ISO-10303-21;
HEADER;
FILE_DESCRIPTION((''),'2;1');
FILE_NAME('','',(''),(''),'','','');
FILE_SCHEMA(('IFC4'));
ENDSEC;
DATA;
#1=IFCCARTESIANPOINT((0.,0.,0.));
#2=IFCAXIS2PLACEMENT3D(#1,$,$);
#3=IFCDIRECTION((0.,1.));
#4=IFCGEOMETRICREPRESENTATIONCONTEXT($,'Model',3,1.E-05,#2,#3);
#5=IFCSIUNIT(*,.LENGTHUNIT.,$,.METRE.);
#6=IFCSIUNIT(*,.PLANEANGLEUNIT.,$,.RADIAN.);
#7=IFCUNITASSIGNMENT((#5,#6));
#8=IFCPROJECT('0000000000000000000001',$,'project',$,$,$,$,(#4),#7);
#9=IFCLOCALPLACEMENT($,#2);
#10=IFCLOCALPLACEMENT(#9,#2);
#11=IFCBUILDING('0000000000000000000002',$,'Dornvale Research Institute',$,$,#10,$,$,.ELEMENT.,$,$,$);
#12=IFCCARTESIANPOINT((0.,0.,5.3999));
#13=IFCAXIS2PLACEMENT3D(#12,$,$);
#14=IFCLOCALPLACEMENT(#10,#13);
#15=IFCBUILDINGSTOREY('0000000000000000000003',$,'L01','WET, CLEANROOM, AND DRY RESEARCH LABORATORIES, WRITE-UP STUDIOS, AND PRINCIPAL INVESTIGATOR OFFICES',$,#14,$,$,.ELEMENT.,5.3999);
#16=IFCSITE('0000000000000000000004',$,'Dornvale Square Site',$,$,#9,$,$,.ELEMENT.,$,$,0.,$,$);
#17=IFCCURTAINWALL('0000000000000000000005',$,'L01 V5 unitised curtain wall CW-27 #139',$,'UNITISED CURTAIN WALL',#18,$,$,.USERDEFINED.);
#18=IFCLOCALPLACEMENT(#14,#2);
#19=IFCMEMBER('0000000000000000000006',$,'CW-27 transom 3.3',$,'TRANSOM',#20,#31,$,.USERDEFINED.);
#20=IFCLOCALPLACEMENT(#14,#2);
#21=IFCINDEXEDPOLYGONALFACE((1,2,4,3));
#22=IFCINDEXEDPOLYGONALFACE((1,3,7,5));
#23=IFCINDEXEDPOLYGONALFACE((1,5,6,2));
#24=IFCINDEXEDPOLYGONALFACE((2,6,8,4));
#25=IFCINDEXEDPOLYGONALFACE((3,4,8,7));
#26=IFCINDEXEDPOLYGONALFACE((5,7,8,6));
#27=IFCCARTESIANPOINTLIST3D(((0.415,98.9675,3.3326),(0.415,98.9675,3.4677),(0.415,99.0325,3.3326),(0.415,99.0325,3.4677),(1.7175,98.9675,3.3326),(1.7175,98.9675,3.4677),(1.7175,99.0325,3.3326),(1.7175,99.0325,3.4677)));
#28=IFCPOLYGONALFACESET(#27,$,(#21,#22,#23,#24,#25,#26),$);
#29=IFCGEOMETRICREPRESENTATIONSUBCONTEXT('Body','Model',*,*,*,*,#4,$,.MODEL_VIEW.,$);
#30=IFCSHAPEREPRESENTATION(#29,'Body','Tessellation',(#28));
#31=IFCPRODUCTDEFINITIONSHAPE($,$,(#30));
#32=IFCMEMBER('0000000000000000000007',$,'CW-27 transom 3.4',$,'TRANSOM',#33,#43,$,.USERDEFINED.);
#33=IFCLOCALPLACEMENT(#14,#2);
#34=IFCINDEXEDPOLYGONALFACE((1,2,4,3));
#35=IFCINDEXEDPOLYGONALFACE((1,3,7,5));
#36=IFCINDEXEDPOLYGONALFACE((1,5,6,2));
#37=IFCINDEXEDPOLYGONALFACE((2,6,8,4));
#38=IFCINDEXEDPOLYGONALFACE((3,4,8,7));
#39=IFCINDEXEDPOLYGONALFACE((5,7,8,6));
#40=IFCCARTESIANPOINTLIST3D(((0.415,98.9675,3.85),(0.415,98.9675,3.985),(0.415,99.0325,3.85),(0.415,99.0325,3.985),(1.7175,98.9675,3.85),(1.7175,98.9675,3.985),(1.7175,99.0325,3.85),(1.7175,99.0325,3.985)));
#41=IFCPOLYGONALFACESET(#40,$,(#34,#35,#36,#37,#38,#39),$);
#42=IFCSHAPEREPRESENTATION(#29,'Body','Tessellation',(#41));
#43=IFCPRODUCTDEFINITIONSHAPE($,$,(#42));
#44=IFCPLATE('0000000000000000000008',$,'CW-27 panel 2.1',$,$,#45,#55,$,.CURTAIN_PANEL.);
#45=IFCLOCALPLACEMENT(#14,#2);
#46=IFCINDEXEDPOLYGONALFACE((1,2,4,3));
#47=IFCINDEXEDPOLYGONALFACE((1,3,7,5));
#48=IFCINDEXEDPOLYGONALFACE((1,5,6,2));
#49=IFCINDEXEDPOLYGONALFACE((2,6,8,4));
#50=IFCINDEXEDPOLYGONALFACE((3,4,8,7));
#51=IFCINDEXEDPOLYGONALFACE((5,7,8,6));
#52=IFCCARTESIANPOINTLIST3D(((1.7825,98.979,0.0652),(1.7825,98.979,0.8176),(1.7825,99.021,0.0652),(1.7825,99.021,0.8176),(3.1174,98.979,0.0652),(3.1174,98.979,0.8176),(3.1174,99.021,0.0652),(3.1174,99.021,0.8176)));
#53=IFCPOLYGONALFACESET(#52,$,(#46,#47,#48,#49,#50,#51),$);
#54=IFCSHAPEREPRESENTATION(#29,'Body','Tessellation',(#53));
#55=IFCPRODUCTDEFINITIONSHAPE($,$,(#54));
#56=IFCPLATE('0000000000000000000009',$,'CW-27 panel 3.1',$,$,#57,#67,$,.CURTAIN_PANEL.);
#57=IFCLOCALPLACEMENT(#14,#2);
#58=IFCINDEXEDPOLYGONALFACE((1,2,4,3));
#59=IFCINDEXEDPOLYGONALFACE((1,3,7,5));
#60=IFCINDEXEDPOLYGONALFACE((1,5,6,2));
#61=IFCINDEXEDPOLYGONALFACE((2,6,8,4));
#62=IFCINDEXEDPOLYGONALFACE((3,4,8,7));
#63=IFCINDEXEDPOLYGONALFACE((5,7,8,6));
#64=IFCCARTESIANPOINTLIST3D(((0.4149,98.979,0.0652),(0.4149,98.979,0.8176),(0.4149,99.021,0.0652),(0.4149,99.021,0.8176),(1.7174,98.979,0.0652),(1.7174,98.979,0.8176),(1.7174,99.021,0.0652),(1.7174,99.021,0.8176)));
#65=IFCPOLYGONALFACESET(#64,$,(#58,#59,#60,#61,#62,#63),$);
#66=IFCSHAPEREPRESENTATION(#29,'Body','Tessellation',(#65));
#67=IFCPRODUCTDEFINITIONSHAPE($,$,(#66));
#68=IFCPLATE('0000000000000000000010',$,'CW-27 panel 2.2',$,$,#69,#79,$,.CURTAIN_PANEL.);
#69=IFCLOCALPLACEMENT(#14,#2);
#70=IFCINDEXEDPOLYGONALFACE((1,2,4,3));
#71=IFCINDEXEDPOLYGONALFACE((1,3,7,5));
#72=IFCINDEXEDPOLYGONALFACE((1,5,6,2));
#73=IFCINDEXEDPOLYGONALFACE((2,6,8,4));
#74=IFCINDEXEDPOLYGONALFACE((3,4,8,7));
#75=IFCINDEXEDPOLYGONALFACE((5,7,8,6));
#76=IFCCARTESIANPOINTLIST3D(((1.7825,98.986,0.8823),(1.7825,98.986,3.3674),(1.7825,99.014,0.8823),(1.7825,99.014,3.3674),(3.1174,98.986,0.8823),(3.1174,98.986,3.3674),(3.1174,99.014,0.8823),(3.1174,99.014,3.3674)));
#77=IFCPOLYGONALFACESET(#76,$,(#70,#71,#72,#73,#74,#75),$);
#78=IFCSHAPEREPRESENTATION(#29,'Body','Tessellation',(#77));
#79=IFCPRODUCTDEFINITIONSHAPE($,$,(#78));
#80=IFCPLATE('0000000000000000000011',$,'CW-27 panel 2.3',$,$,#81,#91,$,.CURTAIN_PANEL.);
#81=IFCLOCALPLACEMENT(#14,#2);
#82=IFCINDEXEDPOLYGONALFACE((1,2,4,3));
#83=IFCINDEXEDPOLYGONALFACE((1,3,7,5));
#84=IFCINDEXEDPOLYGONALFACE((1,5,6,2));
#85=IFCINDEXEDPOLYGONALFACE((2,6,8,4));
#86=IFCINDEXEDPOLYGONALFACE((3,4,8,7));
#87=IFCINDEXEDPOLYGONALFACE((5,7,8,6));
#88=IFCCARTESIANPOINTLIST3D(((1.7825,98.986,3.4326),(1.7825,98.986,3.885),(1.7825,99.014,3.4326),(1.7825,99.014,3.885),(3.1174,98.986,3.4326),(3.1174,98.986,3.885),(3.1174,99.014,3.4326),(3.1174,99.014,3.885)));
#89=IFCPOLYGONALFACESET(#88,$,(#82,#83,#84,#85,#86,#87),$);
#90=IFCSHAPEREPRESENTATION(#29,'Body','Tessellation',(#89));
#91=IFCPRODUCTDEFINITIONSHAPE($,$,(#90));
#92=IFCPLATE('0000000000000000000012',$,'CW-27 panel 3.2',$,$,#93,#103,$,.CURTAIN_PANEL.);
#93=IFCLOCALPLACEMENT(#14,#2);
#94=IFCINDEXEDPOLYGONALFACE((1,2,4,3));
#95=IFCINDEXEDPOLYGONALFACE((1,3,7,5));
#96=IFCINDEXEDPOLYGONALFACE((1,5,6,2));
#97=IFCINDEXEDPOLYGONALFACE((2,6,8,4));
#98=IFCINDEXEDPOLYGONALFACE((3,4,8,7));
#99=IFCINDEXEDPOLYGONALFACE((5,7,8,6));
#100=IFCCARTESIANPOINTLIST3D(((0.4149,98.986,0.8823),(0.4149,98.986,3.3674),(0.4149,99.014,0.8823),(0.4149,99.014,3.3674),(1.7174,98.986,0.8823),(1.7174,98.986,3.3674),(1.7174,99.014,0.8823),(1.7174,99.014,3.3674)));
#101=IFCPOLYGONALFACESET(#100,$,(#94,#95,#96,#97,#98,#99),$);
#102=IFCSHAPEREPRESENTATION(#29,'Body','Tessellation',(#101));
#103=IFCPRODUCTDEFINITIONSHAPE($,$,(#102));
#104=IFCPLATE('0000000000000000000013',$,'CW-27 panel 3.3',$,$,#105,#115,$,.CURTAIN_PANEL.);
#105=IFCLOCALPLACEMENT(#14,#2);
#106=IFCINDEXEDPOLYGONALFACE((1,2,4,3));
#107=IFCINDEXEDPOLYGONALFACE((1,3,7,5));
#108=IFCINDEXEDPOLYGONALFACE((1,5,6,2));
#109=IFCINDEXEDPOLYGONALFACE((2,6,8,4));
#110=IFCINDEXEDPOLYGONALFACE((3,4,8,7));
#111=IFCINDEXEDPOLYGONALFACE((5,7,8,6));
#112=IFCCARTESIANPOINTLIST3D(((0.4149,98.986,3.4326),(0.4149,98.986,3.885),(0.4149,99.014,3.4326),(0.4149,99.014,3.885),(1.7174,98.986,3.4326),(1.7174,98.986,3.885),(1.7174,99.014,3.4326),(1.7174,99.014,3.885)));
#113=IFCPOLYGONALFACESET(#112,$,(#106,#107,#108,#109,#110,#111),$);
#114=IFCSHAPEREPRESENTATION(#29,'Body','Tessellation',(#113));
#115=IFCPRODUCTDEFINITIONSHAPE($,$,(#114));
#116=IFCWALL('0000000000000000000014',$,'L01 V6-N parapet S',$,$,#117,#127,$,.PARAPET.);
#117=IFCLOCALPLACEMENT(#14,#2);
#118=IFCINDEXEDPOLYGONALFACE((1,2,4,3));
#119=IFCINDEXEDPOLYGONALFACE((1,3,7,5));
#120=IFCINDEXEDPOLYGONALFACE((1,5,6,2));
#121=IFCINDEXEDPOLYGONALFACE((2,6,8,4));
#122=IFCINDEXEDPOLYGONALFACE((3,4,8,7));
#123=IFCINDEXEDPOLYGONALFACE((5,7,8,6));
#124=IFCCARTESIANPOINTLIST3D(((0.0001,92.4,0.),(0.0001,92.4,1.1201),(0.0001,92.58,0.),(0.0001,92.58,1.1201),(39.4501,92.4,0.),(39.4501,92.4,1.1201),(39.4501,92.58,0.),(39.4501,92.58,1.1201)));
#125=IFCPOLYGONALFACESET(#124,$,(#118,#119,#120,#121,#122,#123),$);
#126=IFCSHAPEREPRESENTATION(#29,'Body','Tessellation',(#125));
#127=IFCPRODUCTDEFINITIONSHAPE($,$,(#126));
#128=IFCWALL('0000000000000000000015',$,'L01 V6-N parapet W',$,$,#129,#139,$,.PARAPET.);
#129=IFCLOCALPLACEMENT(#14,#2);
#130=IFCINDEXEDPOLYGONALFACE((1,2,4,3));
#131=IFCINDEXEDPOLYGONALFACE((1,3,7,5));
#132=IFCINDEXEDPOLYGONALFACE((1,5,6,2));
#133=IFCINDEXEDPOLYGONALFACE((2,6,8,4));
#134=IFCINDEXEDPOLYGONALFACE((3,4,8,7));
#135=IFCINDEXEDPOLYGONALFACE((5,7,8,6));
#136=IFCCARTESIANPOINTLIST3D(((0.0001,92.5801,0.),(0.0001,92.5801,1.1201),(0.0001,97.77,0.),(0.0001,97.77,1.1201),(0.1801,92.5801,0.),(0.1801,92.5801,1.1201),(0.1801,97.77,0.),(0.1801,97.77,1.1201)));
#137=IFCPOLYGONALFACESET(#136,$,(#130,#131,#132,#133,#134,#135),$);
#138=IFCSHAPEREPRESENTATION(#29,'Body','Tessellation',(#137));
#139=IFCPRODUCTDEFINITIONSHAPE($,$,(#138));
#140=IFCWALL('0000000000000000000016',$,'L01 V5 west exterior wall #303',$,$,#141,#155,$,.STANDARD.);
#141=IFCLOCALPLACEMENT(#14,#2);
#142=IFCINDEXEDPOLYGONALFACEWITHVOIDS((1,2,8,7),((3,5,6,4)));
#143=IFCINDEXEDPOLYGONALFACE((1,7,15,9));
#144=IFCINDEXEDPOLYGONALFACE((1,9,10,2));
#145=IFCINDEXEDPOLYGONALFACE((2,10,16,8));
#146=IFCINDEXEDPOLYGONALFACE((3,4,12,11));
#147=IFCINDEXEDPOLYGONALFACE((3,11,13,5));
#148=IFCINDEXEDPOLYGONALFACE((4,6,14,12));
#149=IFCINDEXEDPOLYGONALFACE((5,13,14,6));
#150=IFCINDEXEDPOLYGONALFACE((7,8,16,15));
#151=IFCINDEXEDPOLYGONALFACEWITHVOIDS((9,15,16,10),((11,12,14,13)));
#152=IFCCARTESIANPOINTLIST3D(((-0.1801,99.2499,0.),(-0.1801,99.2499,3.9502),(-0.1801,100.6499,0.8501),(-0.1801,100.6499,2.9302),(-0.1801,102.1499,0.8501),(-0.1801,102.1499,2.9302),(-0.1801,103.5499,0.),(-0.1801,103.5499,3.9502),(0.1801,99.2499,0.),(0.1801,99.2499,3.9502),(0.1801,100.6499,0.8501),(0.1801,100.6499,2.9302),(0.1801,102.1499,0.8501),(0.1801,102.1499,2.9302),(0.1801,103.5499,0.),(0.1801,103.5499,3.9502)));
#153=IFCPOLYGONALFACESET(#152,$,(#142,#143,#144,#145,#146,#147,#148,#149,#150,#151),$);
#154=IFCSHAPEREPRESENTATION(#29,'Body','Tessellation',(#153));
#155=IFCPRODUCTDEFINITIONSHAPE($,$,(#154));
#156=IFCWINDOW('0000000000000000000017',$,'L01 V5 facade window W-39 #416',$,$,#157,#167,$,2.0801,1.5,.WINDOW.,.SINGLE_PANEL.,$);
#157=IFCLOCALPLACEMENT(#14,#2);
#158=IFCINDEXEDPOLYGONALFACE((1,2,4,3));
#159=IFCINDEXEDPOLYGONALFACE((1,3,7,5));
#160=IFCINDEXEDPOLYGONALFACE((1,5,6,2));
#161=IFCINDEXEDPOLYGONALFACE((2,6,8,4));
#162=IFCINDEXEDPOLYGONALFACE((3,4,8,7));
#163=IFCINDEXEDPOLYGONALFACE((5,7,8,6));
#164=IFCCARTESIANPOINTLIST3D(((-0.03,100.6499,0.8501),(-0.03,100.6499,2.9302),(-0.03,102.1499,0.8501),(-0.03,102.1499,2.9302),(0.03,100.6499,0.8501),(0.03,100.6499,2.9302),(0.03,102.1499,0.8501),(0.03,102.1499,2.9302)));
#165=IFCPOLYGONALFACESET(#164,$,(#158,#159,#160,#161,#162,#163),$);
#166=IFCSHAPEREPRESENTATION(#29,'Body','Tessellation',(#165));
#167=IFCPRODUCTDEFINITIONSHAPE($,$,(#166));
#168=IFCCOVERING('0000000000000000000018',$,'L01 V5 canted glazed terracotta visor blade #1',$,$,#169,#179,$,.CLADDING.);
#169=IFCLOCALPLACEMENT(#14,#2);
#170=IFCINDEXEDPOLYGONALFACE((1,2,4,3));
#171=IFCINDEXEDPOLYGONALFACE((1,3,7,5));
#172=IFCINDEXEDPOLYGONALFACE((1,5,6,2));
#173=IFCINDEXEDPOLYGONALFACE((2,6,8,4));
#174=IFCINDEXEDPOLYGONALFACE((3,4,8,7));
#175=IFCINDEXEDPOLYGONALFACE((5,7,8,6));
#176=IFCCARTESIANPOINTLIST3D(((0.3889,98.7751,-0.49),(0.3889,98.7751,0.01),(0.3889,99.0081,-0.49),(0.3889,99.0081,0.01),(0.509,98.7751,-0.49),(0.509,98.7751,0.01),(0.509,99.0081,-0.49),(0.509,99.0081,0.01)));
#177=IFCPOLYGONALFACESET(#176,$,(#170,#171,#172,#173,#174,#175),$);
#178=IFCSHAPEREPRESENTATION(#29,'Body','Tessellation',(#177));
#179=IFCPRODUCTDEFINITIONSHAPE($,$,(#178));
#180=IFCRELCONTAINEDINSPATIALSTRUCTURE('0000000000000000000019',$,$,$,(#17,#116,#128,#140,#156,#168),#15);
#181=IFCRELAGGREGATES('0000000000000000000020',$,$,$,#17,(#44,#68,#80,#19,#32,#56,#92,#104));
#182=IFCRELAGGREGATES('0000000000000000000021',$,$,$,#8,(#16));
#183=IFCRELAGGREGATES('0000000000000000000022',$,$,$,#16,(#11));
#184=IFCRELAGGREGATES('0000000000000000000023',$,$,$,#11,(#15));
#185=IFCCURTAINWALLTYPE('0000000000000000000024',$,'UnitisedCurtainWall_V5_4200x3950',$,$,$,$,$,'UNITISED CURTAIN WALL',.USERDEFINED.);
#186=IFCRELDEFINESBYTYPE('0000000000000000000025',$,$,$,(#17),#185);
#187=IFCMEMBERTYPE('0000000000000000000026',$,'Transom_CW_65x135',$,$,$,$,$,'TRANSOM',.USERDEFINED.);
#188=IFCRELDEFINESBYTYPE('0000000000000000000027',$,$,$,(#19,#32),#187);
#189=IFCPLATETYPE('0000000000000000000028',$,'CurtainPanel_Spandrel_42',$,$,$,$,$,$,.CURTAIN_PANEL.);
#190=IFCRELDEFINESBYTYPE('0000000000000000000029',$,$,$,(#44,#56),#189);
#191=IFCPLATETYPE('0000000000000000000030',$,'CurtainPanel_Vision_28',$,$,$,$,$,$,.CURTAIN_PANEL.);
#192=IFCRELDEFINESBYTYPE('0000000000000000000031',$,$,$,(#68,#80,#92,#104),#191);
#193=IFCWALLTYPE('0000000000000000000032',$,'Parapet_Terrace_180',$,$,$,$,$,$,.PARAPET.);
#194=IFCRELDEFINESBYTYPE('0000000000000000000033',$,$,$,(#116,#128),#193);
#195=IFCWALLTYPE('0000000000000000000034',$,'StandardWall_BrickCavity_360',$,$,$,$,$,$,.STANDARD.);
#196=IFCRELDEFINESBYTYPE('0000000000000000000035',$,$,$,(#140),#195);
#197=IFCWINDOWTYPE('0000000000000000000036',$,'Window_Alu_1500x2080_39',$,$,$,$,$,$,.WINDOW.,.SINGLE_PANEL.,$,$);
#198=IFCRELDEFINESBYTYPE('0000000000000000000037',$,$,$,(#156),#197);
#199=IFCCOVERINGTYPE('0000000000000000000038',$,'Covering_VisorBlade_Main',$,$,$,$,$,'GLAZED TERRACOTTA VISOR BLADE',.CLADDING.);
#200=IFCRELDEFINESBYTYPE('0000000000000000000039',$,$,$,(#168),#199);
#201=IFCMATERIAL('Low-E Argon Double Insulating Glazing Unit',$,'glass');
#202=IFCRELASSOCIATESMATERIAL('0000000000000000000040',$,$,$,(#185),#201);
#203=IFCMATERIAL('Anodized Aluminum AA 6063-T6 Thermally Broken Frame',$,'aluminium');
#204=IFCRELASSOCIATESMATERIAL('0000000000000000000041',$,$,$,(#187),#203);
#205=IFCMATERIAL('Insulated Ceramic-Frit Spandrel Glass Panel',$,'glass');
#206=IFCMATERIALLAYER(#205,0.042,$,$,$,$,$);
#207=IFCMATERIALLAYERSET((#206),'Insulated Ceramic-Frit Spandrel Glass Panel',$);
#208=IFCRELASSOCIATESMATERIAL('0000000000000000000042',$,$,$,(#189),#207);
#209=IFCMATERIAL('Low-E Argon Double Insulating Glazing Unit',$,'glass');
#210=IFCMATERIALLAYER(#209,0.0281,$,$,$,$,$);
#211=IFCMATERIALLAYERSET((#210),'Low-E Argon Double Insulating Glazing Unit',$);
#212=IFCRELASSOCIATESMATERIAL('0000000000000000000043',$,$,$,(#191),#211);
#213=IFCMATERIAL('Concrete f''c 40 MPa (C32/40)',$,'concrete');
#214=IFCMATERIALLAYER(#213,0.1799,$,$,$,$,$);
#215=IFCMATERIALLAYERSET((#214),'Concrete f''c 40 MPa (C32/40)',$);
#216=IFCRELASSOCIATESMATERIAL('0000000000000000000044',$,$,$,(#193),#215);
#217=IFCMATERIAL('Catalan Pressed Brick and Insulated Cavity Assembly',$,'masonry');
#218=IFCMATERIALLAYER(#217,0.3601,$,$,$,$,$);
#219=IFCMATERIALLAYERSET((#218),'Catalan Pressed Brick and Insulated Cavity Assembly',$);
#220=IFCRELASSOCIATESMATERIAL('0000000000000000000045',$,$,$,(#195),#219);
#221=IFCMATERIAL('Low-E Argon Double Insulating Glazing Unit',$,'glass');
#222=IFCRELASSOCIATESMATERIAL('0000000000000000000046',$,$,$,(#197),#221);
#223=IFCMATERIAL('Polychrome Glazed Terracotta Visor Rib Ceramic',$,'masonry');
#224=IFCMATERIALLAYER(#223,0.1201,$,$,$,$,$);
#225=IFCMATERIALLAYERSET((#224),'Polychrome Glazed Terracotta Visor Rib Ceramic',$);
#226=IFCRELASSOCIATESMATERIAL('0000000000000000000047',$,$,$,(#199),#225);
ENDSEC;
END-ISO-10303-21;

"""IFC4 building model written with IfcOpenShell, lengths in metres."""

from ifc_helpers import new_model, si_unit, direction, frame, frame_2d, origin, origin_2d, place, context, subcontext, project, spatial, rectangle, extrude, material, layer, layer_set, material_profile, profile_set, type_object, element, fill, aggregate, save


model = new_model("IFC4")

# Units and contexts
model_context = context("Model", 3, precision=1e-05, world=origin(), true_north=direction((0.0, 1.0)))
body_context = subcontext(model_context, "Body", "Model", "MODEL_VIEW")
ifc_project = project(units=[si_unit("LENGTHUNIT", "METRE"), si_unit("PLANEANGLEUNIT", "RADIAN")], contexts=[model_context])

# Site, building, storey
site_placement = place(None, origin())
site = spatial("IfcSite", under=ifc_project, at=site_placement, Name="Dornvale Square Site", CompositionType="ELEMENT", RefElevation=0.0)
building_placement = place(site_placement, origin())
building = spatial("IfcBuilding", under=site, at=building_placement, Name="Dornvale Research Institute", CompositionType="ELEMENT")
storey_placement = place(building_placement, frame((0.0, 0.0, 5.3999)))
storey = spatial("IfcBuildingStorey", under=building, at=storey_placement, Name="L01", Description="WET, CLEANROOM, AND DRY RESEARCH LABORATORIES, WRITE-UP STUDIOS, AND PRINCIPAL INVESTIGATOR OFFICES", CompositionType="ELEMENT", Elevation=5.3999)

# Curtain wall
ifc_material_1 = material(Name="Low-E Argon Double Insulating Glazing Unit", Category="glass")
curtain_wall_type = type_object("IfcCurtainWallType", Name="UnitisedCurtainWall_V5_4200x3950", ElementType="UNITISED CURTAIN WALL", PredefinedType="USERDEFINED", material=ifc_material_1)
curtain_wall_placement = place(storey_placement, origin())
curtain_wall = element("IfcCurtainWall", 1, at=curtain_wall_placement, inside=storey, type_object=curtain_wall_type, Name="L01 V5 unitised curtain wall CW-27 #139", ObjectType="UNITISED CURTAIN WALL", PredefinedType="USERDEFINED")

# Members
ifc_material_2 = material(Name="Anodized Aluminum AA 6063-T6 Thermally Broken Frame", Category="aluminium")
ifc_material_profile_1 = material_profile(ifc_material_2, rectangle(XDim=0.0649, YDim=0.135, at=origin_2d()), Name="ALU TRANSOM 65x135")
ifc_profile_set_1 = profile_set([ifc_material_profile_1], Name="Anodized Aluminum AA 6063-T6 Thermally Broken Frame")
member_type_1 = type_object("IfcMemberType", Name="Transom_CW_65x135", ElementType="TRANSOM", PredefinedType="USERDEFINED", material=ifc_profile_set_1)
member_1_placement = place(storey_placement, frame((1.7175, 99.0, 3.4001), z_axis=(-1.0, 0.0, 0.0), x_axis=(0.0, -1.0, 0.0)))
member_1 = element("IfcMember", 2, at=member_1_placement, type_object=member_type_1, Name="CW-27 transom 3.3", ObjectType="TRANSOM", PredefinedType="USERDEFINED", context=body_context, shape_type="SweptSolid", body=[
    extrude(rectangle(XDim=0.0649, YDim=0.135, at=origin_2d()), origin(), (0.0, 0.0, 1.0), 1.3025),
])
member_2_placement = place(storey_placement, frame((1.7175, 99.0, 3.9175), z_axis=(-1.0, 0.0, 0.0), x_axis=(0.0, -1.0, 0.0)))
member_2 = element("IfcMember", 3, at=member_2_placement, type_object=member_type_1, Name="CW-27 transom 3.4", ObjectType="TRANSOM", PredefinedType="USERDEFINED", context=body_context, shape_type="SweptSolid", body=[
    extrude(rectangle(XDim=0.0649, YDim=0.135, at=origin_2d()), origin(), (0.0, 0.0, 1.0), 1.3025),
])

# Plates
ifc_material_3 = material(Name="Insulated Ceramic-Frit Spandrel Glass Panel", Category="glass")
ifc_layer_1 = layer(ifc_material_3, 0.042)
ifc_layer_set_1 = layer_set([ifc_layer_1], Name="Insulated Ceramic-Frit Spandrel Glass Panel")
plate_type_1 = type_object("IfcPlateType", Name="CurtainPanel_Spandrel_42", PredefinedType="CURTAIN_PANEL", material=ifc_layer_set_1)
plate_1_placement = place(storey_placement, frame((2.45, 99.0, 0.0652), z_axis=(0.0, 0.0, 1.0), x_axis=(-1.0, 0.0, 0.0)))
plate_1 = element("IfcPlate", 4, at=plate_1_placement, type_object=plate_type_1, Name="CW-27 panel 2.1", PredefinedType="CURTAIN_PANEL", context=body_context, shape_type="SweptSolid", body=[
    extrude(rectangle(XDim=1.335, YDim=0.042, at=origin_2d()), origin(), (0.0, 0.0, 1.0), 0.7524),
])
plate_2_placement = place(storey_placement, frame((1.0662, 99.0, 0.0652), z_axis=(0.0, 0.0, 1.0), x_axis=(-1.0, 0.0, 0.0)))
plate_2 = element("IfcPlate", 5, at=plate_2_placement, type_object=plate_type_1, Name="CW-27 panel 3.1", PredefinedType="CURTAIN_PANEL", context=body_context, shape_type="SweptSolid", body=[
    extrude(rectangle(XDim=1.3025, YDim=0.042, at=origin_2d()), origin(), (0.0, 0.0, 1.0), 0.7524),
])
ifc_material_4 = material(Name="Low-E Argon Double Insulating Glazing Unit", Category="glass")
ifc_layer_2 = layer(ifc_material_4, 0.0281)
ifc_layer_set_2 = layer_set([ifc_layer_2], Name="Low-E Argon Double Insulating Glazing Unit")
plate_type_2 = type_object("IfcPlateType", Name="CurtainPanel_Vision_28", PredefinedType="CURTAIN_PANEL", material=ifc_layer_set_2)
plate_3_placement = place(storey_placement, frame((2.45, 99.0, 0.8823), z_axis=(0.0, 0.0, 1.0), x_axis=(-1.0, 0.0, 0.0)))
plate_3 = element("IfcPlate", 6, at=plate_3_placement, type_object=plate_type_2, Name="CW-27 panel 2.2", PredefinedType="CURTAIN_PANEL", context=body_context, shape_type="SweptSolid", body=[
    extrude(rectangle(XDim=1.335, YDim=0.0281, at=origin_2d()), origin(), (0.0, 0.0, 1.0), 2.4851),
])
plate_4_placement = place(storey_placement, frame((2.45, 99.0, 3.4326), z_axis=(0.0, 0.0, 1.0), x_axis=(-1.0, 0.0, 0.0)))
plate_4 = element("IfcPlate", 7, at=plate_4_placement, type_object=plate_type_2, Name="CW-27 panel 2.3", PredefinedType="CURTAIN_PANEL", context=body_context, shape_type="SweptSolid", body=[
    extrude(rectangle(XDim=1.335, YDim=0.0281, at=origin_2d()), origin(), (0.0, 0.0, 1.0), 0.4524),
])
plate_5_placement = place(storey_placement, frame((1.0662, 99.0, 0.8823), z_axis=(0.0, 0.0, 1.0), x_axis=(-1.0, 0.0, 0.0)))
plate_5 = element("IfcPlate", 8, at=plate_5_placement, type_object=plate_type_2, Name="CW-27 panel 3.2", PredefinedType="CURTAIN_PANEL", context=body_context, shape_type="SweptSolid", body=[
    extrude(rectangle(XDim=1.3025, YDim=0.0281, at=origin_2d()), origin(), (0.0, 0.0, 1.0), 2.4851),
])
plate_6_placement = place(storey_placement, frame((1.0662, 99.0, 3.4326), z_axis=(0.0, 0.0, 1.0), x_axis=(-1.0, 0.0, 0.0)))
plate_6 = element("IfcPlate", 9, at=plate_6_placement, type_object=plate_type_2, Name="CW-27 panel 3.3", PredefinedType="CURTAIN_PANEL", context=body_context, shape_type="SweptSolid", body=[
    extrude(rectangle(XDim=1.3025, YDim=0.0281, at=origin_2d()), origin(), (0.0, 0.0, 1.0), 0.4524),
])
aggregate(curtain_wall, [plate_1, plate_3, plate_4, member_1, member_2, plate_2, plate_5, plate_6])

# Walls
ifc_material_5 = material(Name="Concrete f'c 40 MPa (C32/40)", Category="concrete")
ifc_layer_3 = layer(ifc_material_5, 0.1799)
ifc_layer_set_3 = layer_set([ifc_layer_3], Name="Concrete f'c 40 MPa (C32/40)")
wall_type_1 = type_object("IfcWallType", Name="Parapet_Terrace_180", PredefinedType="PARAPET", material=ifc_layer_set_3)
wall_1_placement = place(storey_placement, frame((0.0, 92.49, 0.0), z_axis=(0.0, 0.0, 1.0), x_axis=(1.0, 0.0, 0.0)))
element("IfcWall", 10, at=wall_1_placement, inside=storey, type_object=wall_type_1, Name="L01 V6-N parapet S", PredefinedType="PARAPET", context=body_context, shape_type="SweptSolid", body=[
    extrude(rectangle(XDim=39.45, YDim=0.1799, at=frame_2d((19.7251, 0.0))), origin(), (0.0, 0.0, 1.0), 1.1201),
])
wall_2_placement = place(storey_placement, frame((0.0901, 92.5801, 0.0), z_axis=(0.0, 0.0, 1.0), x_axis=(0.0, 1.0, 0.0)))
element("IfcWall", 11, at=wall_2_placement, inside=storey, type_object=wall_type_1, Name="L01 V6-N parapet W", PredefinedType="PARAPET", context=body_context, shape_type="SweptSolid", body=[
    extrude(rectangle(XDim=5.1899, YDim=0.1799, at=frame_2d((2.595, 0.0))), origin(), (0.0, 0.0, 1.0), 1.1201),
])

# Wall, opening, window
ifc_material_6 = material(Name="Catalan Pressed Brick and Insulated Cavity Assembly", Category="masonry")
ifc_layer_4 = layer(ifc_material_6, 0.3601)
ifc_layer_set_4 = layer_set([ifc_layer_4], Name="Catalan Pressed Brick and Insulated Cavity Assembly")
wall_type_2 = type_object("IfcWallType", Name="StandardWall_BrickCavity_360", PredefinedType="STANDARD", material=ifc_layer_set_4)
wall_3_placement = place(storey_placement, frame((0.0, 99.25, 0.0), z_axis=(0.0, 0.0, 1.0), x_axis=(0.0, 1.0, 0.0)))
wall_3 = element("IfcWall", 12, at=wall_3_placement, inside=storey, type_object=wall_type_2, Name="L01 V5 west exterior wall #303", PredefinedType="STANDARD", context=body_context, shape_type="SweptSolid", body=[
    extrude(rectangle(XDim=4.3, YDim=0.3601, at=frame_2d((2.1499, 0.0))), origin(), (0.0, 0.0, 1.0), 3.9502),
])
opening_placement = place(wall_3_placement, frame((1.3999, 0.0, 0.8501)))
opening = element("IfcOpeningElement", 13, at=opening_placement, cuts=wall_3, PredefinedType="OPENING", context=body_context, shape_type="SweptSolid", body=[
    extrude(rectangle(XDim=1.5, YDim=2.0801, at=frame_2d((0.75, 1.04))), frame((0.0, 0.1951, 0.0), z_axis=(0.0, -1.0, 0.0), x_axis=(1.0, 0.0, 0.0)), (0.0, 0.0, 1.0), 0.3901),
])
ifc_material_7 = material(Name="Low-E Argon Double Insulating Glazing Unit", Category="glass")
window_type = type_object("IfcWindowType", Name="Window_Alu_1500x2080_39", PartitioningType="SINGLE_PANEL", PredefinedType="WINDOW", material=ifc_material_7)
window_placement = place(opening_placement, origin())
window = element("IfcWindow", 14, at=window_placement, inside=storey, type_object=window_type, Name="L01 V5 facade window W-39 #416", OverallHeight=2.0801, OverallWidth=1.5, PartitioningType="SINGLE_PANEL", PredefinedType="WINDOW", context=body_context, shape_type="SweptSolid", body=[
    extrude(rectangle(XDim=1.5, YDim=2.0801, at=frame_2d((0.75, 1.04))), frame((0.0, 0.03, 0.0), z_axis=(0.0, -1.0, 0.0), x_axis=(1.0, 0.0, 0.0)), (0.0, 0.0, 1.0), 0.0601),
])
fill(opening, window)

# Covering
ifc_material_8 = material(Name="Polychrome Glazed Terracotta Visor Rib Ceramic", Category="masonry")
ifc_layer_5 = layer(ifc_material_8, 0.1201)
ifc_layer_set_5 = layer_set([ifc_layer_5], Name="Polychrome Glazed Terracotta Visor Rib Ceramic")
covering_type = type_object("IfcCoveringType", Name="Covering_VisorBlade_Main", ElementType="GLAZED TERRACOTTA VISOR BLADE", PredefinedType="CLADDING", material=ifc_layer_set_5)
covering_1_placement = place(storey_placement, frame((0.449, 98.8916, -0.49), z_axis=(0.0, 0.0, 1.0), x_axis=(0.0, 1.0, 0.0)))
element("IfcCovering", 15, at=covering_1_placement, inside=storey, type_object=covering_type, Name="L01 V5 canted glazed terracotta visor blade #1", PredefinedType="CLADDING", context=body_context, shape_type="SweptSolid", body=[
    extrude(rectangle(XDim=0.2329, YDim=0.1201, at=origin_2d()), origin(), (0.0, 0.0, 1.0), 0.5),
])

save(model, "model.ifc")
